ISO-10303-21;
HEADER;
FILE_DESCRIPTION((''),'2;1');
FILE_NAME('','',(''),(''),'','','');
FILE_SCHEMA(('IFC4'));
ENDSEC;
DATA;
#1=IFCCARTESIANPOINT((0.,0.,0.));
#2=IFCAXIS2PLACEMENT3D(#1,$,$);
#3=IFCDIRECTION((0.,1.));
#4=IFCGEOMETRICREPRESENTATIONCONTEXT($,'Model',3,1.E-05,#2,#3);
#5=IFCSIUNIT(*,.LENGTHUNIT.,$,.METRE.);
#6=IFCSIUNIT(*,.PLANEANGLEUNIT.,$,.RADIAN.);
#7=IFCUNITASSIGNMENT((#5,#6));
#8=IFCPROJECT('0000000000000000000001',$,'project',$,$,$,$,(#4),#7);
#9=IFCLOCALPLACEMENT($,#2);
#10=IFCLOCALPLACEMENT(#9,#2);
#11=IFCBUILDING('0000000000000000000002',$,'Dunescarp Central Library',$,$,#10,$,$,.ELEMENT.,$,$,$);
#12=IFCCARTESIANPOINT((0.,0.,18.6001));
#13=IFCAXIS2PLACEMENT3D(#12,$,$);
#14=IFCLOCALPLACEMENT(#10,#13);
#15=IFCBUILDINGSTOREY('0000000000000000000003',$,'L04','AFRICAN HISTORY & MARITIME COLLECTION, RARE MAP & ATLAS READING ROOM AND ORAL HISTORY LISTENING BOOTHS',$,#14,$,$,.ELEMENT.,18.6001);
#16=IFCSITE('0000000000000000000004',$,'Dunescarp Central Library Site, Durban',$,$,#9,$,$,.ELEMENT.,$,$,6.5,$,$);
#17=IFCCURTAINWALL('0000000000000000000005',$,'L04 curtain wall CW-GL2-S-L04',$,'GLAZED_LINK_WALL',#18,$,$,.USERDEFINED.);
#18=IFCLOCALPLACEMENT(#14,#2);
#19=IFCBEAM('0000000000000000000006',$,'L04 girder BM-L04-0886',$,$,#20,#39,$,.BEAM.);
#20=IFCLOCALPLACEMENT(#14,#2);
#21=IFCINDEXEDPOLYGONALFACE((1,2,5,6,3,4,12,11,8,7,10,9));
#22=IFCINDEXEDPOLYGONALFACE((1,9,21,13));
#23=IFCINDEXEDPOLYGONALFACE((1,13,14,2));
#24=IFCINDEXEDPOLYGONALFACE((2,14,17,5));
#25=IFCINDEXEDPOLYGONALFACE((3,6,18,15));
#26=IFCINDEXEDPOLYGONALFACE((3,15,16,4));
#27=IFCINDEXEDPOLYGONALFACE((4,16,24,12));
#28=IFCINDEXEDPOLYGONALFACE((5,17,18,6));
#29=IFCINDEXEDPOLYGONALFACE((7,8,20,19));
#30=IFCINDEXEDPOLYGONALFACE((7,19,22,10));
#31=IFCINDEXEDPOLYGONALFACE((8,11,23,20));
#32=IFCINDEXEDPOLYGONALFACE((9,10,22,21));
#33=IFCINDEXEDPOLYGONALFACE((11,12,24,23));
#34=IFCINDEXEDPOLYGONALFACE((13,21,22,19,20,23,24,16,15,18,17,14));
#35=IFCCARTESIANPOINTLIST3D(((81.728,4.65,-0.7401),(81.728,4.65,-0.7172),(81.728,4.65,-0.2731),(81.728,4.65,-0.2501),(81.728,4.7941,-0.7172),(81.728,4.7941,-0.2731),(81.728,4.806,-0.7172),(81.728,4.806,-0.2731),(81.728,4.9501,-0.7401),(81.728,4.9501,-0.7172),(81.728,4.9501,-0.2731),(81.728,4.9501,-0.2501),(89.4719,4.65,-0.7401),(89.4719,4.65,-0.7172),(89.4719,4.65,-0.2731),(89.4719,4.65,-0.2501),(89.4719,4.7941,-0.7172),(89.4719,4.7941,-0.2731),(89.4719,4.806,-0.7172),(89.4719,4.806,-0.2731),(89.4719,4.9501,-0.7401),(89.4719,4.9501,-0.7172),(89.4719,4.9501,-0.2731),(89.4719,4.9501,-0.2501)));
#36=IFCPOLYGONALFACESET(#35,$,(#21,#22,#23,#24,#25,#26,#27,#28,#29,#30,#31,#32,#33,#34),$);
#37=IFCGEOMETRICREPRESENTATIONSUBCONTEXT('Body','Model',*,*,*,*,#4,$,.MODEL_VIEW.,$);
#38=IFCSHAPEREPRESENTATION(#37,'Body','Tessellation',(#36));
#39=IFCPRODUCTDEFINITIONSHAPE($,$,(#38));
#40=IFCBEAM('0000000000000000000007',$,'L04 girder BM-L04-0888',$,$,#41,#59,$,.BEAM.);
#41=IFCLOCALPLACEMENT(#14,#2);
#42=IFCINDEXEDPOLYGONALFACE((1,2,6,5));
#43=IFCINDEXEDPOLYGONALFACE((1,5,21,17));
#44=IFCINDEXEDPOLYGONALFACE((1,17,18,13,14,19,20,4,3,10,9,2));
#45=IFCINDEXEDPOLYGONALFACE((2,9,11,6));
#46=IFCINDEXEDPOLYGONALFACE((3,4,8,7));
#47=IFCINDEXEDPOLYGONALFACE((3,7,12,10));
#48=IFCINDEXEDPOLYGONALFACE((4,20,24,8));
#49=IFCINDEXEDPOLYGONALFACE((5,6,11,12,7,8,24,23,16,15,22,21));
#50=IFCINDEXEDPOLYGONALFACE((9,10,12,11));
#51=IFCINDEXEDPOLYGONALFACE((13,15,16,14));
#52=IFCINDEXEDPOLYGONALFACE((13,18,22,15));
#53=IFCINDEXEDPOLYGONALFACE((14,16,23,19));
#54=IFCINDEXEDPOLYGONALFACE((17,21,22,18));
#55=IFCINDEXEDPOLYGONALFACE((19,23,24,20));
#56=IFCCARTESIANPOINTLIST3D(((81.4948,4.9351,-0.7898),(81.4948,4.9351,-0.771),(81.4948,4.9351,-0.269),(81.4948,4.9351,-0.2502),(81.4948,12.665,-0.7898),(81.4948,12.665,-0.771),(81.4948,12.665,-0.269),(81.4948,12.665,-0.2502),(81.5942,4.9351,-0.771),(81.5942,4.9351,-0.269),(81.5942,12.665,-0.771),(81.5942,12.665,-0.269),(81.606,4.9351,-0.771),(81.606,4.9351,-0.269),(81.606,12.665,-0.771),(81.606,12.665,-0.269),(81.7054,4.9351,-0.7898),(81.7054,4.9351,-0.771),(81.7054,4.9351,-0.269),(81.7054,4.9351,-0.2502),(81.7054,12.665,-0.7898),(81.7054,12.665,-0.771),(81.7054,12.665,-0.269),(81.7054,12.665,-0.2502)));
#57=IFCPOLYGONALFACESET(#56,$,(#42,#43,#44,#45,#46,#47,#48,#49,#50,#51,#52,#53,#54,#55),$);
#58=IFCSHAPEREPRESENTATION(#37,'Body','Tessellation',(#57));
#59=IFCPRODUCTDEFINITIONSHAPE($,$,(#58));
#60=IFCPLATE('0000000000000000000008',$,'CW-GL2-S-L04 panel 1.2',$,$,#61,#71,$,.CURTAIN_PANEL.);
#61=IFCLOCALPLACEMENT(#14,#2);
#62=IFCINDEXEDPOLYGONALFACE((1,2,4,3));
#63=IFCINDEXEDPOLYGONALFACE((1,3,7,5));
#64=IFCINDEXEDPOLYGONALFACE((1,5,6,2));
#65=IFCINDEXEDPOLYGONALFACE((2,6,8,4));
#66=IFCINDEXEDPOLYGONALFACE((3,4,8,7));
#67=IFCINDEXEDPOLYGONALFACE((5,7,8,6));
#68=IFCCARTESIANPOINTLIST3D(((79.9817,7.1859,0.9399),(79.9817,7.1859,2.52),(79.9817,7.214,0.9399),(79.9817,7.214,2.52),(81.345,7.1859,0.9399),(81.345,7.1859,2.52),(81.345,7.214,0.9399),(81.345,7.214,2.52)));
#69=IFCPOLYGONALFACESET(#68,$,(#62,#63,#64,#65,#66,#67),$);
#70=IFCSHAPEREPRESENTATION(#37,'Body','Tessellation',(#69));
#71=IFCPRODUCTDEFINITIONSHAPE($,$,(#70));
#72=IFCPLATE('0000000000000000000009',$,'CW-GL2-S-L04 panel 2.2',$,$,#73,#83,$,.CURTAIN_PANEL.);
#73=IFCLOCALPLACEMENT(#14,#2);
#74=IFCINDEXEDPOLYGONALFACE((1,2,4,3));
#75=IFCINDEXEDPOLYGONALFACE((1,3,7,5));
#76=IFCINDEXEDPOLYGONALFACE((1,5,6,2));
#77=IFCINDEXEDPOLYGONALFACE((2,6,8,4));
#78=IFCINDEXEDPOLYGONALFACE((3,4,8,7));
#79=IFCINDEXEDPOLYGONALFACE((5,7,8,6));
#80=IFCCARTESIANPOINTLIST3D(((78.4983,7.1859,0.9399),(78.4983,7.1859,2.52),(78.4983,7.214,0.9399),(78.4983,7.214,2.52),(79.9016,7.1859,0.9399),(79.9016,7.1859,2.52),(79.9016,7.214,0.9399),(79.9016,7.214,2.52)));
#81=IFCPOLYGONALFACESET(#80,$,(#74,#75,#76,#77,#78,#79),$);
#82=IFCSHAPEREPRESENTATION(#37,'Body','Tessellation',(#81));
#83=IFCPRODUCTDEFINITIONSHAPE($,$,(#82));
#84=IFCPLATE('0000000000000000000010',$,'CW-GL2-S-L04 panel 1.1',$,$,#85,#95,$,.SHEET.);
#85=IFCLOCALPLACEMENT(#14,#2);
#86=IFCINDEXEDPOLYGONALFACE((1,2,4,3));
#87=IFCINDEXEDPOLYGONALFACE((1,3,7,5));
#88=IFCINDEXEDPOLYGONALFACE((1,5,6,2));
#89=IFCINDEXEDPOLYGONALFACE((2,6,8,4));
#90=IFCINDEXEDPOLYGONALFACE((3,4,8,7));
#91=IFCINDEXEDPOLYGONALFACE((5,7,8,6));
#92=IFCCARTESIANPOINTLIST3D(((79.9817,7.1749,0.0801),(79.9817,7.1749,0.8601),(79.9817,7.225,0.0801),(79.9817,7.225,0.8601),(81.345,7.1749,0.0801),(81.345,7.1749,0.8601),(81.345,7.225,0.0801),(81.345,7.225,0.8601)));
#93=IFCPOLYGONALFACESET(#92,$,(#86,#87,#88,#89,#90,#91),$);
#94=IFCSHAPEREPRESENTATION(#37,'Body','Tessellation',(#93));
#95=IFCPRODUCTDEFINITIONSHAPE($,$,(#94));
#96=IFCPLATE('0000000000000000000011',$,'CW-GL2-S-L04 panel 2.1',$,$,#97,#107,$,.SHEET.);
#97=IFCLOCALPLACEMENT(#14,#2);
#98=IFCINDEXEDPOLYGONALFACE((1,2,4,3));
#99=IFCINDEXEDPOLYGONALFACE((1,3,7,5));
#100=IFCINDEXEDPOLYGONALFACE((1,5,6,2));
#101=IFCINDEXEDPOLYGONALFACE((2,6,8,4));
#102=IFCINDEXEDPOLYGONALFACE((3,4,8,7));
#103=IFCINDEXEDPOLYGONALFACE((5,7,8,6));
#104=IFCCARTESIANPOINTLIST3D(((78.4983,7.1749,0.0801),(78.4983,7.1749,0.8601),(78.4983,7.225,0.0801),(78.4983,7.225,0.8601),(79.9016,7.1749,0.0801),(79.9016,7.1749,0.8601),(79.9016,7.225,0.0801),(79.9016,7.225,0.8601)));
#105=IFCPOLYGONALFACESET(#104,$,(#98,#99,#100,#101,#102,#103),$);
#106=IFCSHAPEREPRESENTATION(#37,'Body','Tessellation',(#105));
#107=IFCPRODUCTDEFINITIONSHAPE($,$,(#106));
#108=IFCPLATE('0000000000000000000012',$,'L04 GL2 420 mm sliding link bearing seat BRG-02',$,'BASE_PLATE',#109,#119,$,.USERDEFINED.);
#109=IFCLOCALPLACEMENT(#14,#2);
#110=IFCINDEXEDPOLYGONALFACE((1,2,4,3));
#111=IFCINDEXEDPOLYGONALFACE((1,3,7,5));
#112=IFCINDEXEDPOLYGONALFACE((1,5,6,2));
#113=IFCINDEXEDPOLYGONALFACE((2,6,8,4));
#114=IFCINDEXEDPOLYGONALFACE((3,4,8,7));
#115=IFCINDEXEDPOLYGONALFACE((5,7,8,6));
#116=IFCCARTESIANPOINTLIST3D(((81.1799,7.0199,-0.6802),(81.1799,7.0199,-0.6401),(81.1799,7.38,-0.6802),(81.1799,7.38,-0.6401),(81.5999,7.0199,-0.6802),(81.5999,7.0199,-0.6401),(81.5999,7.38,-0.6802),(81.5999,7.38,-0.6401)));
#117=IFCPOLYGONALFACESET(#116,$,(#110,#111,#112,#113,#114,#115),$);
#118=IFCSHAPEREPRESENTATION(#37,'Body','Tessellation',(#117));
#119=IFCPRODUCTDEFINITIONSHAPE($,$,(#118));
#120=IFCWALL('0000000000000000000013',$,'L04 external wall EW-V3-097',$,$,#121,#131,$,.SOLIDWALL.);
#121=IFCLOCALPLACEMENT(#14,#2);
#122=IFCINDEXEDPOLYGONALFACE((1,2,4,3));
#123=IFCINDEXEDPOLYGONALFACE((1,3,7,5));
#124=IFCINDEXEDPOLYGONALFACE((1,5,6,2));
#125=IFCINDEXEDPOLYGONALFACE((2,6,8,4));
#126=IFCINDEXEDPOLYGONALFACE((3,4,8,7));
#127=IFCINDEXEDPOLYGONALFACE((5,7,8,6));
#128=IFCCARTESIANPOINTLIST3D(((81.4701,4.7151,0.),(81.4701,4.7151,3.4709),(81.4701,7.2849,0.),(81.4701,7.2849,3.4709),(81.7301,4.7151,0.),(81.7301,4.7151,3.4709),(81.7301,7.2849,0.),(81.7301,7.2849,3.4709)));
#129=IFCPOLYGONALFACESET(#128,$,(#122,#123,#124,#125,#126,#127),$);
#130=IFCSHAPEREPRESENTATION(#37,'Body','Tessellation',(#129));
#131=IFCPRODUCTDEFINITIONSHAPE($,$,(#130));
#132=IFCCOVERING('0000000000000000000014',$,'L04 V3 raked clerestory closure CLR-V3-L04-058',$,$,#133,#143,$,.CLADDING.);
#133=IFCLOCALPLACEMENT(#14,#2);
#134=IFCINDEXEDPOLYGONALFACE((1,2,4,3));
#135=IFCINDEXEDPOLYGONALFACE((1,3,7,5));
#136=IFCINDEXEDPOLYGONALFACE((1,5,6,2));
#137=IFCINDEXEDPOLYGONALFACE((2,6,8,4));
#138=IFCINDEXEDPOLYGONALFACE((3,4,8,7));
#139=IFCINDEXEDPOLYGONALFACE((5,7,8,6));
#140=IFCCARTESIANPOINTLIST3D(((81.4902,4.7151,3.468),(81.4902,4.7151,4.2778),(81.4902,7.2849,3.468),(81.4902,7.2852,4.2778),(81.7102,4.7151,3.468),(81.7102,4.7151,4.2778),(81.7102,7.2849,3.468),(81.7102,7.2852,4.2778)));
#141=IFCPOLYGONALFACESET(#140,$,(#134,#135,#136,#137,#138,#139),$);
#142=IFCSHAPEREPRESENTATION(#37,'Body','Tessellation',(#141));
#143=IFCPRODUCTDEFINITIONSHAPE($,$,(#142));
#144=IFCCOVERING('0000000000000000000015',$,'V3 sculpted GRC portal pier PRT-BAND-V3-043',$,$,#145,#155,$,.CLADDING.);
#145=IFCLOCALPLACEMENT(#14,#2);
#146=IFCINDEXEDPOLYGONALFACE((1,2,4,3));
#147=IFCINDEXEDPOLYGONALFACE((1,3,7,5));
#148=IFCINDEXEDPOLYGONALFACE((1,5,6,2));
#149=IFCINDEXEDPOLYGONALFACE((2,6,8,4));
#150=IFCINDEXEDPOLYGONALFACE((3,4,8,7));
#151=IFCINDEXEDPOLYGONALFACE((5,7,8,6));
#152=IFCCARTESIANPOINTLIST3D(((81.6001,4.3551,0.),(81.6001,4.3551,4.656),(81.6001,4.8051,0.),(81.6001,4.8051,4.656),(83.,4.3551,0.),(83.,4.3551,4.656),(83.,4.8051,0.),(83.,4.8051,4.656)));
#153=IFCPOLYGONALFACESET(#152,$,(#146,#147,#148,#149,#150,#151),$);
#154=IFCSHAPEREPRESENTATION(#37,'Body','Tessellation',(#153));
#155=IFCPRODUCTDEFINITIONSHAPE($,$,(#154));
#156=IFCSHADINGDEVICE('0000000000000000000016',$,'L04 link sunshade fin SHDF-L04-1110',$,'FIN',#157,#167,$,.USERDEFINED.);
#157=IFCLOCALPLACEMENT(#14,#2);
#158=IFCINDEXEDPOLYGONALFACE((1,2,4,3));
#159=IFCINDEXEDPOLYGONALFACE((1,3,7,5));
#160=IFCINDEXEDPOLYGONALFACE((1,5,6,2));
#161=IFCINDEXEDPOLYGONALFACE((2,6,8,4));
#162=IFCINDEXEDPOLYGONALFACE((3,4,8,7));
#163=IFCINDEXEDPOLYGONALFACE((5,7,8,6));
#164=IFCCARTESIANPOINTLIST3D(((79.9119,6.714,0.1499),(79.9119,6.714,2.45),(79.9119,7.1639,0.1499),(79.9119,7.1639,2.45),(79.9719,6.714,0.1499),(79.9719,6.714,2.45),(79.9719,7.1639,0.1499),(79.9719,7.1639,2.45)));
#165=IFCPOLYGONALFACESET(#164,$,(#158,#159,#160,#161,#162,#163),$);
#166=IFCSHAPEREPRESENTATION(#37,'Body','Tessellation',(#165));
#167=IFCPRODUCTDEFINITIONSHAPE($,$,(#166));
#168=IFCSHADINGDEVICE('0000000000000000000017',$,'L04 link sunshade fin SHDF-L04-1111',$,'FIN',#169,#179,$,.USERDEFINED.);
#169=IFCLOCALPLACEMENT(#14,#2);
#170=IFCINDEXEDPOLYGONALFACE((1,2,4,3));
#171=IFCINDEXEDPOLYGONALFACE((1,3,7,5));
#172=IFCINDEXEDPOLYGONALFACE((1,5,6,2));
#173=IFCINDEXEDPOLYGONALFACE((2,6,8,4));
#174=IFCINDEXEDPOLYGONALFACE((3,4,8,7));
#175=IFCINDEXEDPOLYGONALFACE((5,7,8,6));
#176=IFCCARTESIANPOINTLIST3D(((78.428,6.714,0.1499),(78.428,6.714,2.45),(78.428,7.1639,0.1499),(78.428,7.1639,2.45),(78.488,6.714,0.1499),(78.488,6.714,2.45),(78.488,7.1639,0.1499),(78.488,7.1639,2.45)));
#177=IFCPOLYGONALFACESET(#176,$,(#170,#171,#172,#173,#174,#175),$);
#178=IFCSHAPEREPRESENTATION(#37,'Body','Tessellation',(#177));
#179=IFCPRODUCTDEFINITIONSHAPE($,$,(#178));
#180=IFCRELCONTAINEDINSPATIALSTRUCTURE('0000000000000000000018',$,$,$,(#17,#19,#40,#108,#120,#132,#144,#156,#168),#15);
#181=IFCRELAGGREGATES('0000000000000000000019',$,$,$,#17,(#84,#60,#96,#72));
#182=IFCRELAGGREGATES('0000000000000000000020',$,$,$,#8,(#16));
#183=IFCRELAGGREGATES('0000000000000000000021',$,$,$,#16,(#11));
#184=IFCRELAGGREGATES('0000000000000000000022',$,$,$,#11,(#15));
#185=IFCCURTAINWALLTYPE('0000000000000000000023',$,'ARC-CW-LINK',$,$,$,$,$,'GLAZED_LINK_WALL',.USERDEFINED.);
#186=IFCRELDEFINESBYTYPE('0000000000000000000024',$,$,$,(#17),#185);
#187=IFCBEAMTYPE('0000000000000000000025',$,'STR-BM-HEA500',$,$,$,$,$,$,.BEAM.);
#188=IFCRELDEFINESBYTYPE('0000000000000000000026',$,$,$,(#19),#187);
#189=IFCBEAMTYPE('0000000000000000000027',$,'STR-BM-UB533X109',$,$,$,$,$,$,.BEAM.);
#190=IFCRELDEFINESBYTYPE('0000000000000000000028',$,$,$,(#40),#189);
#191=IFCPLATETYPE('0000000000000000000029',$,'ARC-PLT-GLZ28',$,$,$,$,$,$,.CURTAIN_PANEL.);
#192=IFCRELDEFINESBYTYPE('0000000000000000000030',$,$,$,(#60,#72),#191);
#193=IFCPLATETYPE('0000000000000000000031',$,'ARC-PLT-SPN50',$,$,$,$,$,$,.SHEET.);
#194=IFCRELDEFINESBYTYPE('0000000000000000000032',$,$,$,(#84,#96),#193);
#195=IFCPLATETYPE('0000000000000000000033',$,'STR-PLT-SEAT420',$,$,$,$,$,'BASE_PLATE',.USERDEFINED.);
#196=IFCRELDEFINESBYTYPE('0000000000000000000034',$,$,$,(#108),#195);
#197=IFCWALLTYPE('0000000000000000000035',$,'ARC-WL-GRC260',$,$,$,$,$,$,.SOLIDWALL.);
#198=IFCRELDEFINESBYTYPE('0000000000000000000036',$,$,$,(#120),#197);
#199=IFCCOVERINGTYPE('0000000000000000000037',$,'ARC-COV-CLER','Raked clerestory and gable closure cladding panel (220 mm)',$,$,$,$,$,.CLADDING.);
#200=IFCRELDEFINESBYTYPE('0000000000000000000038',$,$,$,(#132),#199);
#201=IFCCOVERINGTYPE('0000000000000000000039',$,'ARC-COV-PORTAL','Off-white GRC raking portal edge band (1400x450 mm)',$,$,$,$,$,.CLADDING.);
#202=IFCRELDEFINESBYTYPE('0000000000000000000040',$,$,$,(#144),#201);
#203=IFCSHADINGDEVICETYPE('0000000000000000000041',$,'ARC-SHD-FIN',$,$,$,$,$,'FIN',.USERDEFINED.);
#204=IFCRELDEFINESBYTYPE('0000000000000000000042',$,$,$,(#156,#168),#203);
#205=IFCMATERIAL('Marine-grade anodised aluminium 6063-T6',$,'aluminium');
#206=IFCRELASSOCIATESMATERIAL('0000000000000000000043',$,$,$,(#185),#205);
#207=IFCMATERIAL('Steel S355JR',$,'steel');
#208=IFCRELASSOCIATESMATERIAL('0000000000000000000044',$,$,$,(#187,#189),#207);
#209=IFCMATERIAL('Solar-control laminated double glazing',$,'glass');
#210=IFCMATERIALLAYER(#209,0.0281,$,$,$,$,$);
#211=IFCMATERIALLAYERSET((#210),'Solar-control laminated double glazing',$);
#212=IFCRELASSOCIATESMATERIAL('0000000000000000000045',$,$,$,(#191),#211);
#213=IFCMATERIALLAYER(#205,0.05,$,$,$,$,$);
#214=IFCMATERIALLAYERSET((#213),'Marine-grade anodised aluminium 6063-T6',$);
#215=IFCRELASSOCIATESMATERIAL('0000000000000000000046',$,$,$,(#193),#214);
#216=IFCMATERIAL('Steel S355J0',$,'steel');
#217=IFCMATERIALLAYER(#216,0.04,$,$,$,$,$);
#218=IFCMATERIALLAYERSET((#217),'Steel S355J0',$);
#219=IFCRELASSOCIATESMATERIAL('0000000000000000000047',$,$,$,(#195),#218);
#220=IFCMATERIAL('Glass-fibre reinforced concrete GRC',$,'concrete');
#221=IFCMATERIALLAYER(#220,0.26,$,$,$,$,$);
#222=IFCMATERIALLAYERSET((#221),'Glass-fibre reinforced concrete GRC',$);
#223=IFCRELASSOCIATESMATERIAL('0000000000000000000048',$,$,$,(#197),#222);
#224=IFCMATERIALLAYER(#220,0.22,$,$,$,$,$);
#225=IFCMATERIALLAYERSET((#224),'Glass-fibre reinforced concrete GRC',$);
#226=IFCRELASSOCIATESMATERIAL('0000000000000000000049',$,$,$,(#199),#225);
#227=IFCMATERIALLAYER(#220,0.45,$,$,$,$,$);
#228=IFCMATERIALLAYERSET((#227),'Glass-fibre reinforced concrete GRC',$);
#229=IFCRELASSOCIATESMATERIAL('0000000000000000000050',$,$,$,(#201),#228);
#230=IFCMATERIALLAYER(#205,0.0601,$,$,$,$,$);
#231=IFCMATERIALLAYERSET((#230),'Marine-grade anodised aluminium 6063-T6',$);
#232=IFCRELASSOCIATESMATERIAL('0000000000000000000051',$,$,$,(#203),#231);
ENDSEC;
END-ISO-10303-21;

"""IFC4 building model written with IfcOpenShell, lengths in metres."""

from ifc_helpers import new_model, si_unit, direction, frame, frame_2d, origin, origin_2d, place, context, subcontext, project, spatial, polyline, rectangle, i_section, outline, extrude, material, layer, layer_set, material_profile, profile_set, type_object, element, aggregate, save


model = new_model("IFC4")

# Units and contexts
model_context = context("Model", 3, precision=1e-05, world=origin(), true_north=direction((0.0, 1.0)))
body_context = subcontext(model_context, "Body", "Model", "MODEL_VIEW")
ifc_project = project(units=[si_unit("LENGTHUNIT", "METRE"), si_unit("PLANEANGLEUNIT", "RADIAN")], contexts=[model_context])

# Site, building, storey
site_placement = place(None, origin())
site = spatial("IfcSite", under=ifc_project, at=site_placement, Name="Dunescarp Central Library Site, Durban", CompositionType="ELEMENT", RefElevation=6.5)
building_placement = place(site_placement, origin())
building = spatial("IfcBuilding", under=site, at=building_placement, Name="Dunescarp Central Library", CompositionType="ELEMENT")
storey_placement = place(building_placement, frame((0.0, 0.0, 18.6001)))
storey = spatial("IfcBuildingStorey", under=building, at=storey_placement, Name="L04", Description="AFRICAN HISTORY & MARITIME COLLECTION, RARE MAP & ATLAS READING ROOM AND ORAL HISTORY LISTENING BOOTHS", CompositionType="ELEMENT", Elevation=18.6001)

# Shared definitions
ifc_material_1 = material(Name="Steel S355JR", Category="steel")

# Curtain wall
ifc_material_2 = material(Name="Marine-grade anodised aluminium 6063-T6", Category="aluminium")
curtain_wall_type = type_object("IfcCurtainWallType", Name="ARC-CW-LINK", ElementType="GLAZED_LINK_WALL", PredefinedType="USERDEFINED", material=ifc_material_2)
curtain_wall_placement = place(storey_placement, origin())
curtain_wall = element("IfcCurtainWall", 1, at=curtain_wall_placement, inside=storey, type_object=curtain_wall_type, Name="L04 curtain wall CW-GL2-S-L04", ObjectType="GLAZED_LINK_WALL", PredefinedType="USERDEFINED")

# Beams
ifc_material_profile_1 = material_profile(ifc_material_1, i_section(OverallWidth=0.3, OverallDepth=0.49, WebThickness=0.012, FlangeThickness=0.0229, at=origin_2d()), Name="HEA 500")
ifc_profile_set_1 = profile_set([ifc_material_profile_1], Name="Steel S355JR")
beam_type_1 = type_object("IfcBeamType", Name="STR-BM-HEA500", PredefinedType="BEAM", material=ifc_profile_set_1)
beam_1_placement = place(storey_placement, frame((81.728, 4.8, -0.4951), z_axis=(1.0, 0.0, 0.0), x_axis=(0.0, 1.0, 0.0)))
element("IfcBeam", 2, at=beam_1_placement, inside=storey, type_object=beam_type_1, Name="L04 girder BM-L04-0886", PredefinedType="BEAM", context=body_context, shape_type="SweptSolid", body=[
    extrude(i_section(OverallWidth=0.3, OverallDepth=0.49, WebThickness=0.012, FlangeThickness=0.0229, at=origin_2d()), origin(), (0.0, 0.0, 1.0), 7.7439),
])
ifc_material_profile_2 = material_profile(ifc_material_1, i_section(OverallWidth=0.2107, OverallDepth=0.5396, WebThickness=0.0117, FlangeThickness=0.0188, at=origin_2d()), Name="UB 533x210x109")
ifc_profile_set_2 = profile_set([ifc_material_profile_2], Name="Steel S355JR")
beam_type_2 = type_object("IfcBeamType", Name="STR-BM-UB533X109", PredefinedType="BEAM", material=ifc_profile_set_2)
beam_2_placement = place(storey_placement, frame((81.6001, 4.9351, -0.52), z_axis=(0.0, 1.0, 0.0), x_axis=(-1.0, 0.0, 0.0)))
element("IfcBeam", 3, at=beam_2_placement, inside=storey, type_object=beam_type_2, Name="L04 girder BM-L04-0888", PredefinedType="BEAM", context=body_context, shape_type="SweptSolid", body=[
    extrude(i_section(OverallWidth=0.2107, OverallDepth=0.5396, WebThickness=0.0117, FlangeThickness=0.0188, at=origin_2d()), origin(), (0.0, 0.0, 1.0), 7.73),
])

# Plates
ifc_material_3 = material(Name="Solar-control laminated double glazing", Category="glass")
ifc_layer_1 = layer(ifc_material_3, 0.0281)
ifc_layer_set_1 = layer_set([ifc_layer_1], Name="Solar-control laminated double glazing")
plate_type_1 = type_object("IfcPlateType", Name="ARC-PLT-GLZ28", PredefinedType="CURTAIN_PANEL", material=ifc_layer_set_1)
plate_1_placement = place(storey_placement, frame((80.6633, 7.2, 0.9399), z_axis=(0.0, 0.0, 1.0), x_axis=(-1.0, 0.0, 0.0)))
plate_1 = element("IfcPlate", 4, at=plate_1_placement, type_object=plate_type_1, Name="CW-GL2-S-L04 panel 1.2", PredefinedType="CURTAIN_PANEL", context=body_context, shape_type="SweptSolid", body=[
    extrude(rectangle(XDim=1.3633, YDim=0.0281, at=origin_2d()), origin(), (0.0, 0.0, 1.0), 1.5801),
])
plate_2_placement = place(storey_placement, frame((79.2, 7.2, 0.9399), z_axis=(0.0, 0.0, 1.0), x_axis=(-1.0, 0.0, 0.0)))
plate_2 = element("IfcPlate", 5, at=plate_2_placement, type_object=plate_type_1, Name="CW-GL2-S-L04 panel 2.2", PredefinedType="CURTAIN_PANEL", context=body_context, shape_type="SweptSolid", body=[
    extrude(rectangle(XDim=1.4033, YDim=0.0281, at=origin_2d()), origin(), (0.0, 0.0, 1.0), 1.5801),
])
ifc_layer_2 = layer(ifc_material_2, 0.05)
ifc_layer_set_2 = layer_set([ifc_layer_2], Name="Marine-grade anodised aluminium 6063-T6")
plate_type_2 = type_object("IfcPlateType", Name="ARC-PLT-SPN50", PredefinedType="SHEET", material=ifc_layer_set_2)
plate_3_placement = place(storey_placement, frame((80.6633, 7.2, 0.0801), z_axis=(0.0, 0.0, 1.0), x_axis=(-1.0, 0.0, 0.0)))
plate_3 = element("IfcPlate", 6, at=plate_3_placement, type_object=plate_type_2, Name="CW-GL2-S-L04 panel 1.1", PredefinedType="SHEET", context=body_context, shape_type="SweptSolid", body=[
    extrude(rectangle(XDim=1.3633, YDim=0.05, at=origin_2d()), origin(), (0.0, 0.0, 1.0), 0.78),
])
plate_4_placement = place(storey_placement, frame((79.2, 7.2, 0.0801), z_axis=(0.0, 0.0, 1.0), x_axis=(-1.0, 0.0, 0.0)))
plate_4 = element("IfcPlate", 7, at=plate_4_placement, type_object=plate_type_2, Name="CW-GL2-S-L04 panel 2.1", PredefinedType="SHEET", context=body_context, shape_type="SweptSolid", body=[
    extrude(rectangle(XDim=1.4033, YDim=0.05, at=origin_2d()), origin(), (0.0, 0.0, 1.0), 0.78),
])
aggregate(curtain_wall, [plate_3, plate_1, plate_4, plate_2])
ifc_material_4 = material(Name="Steel S355J0", Category="steel")
ifc_layer_3 = layer(ifc_material_4, 0.04)
ifc_layer_set_3 = layer_set([ifc_layer_3], Name="Steel S355J0")
plate_type_3 = type_object("IfcPlateType", Name="STR-PLT-SEAT420", ElementType="BASE_PLATE", PredefinedType="USERDEFINED", material=ifc_layer_set_3)
plate_5_placement = place(storey_placement, frame((81.3899, 7.2, -0.6802), z_axis=(0.0, 0.0, 1.0), x_axis=(1.0, 0.0, 0.0)))
element("IfcPlate", 8, at=plate_5_placement, inside=storey, type_object=plate_type_3, Name="L04 GL2 420 mm sliding link bearing seat BRG-02", ObjectType="BASE_PLATE", PredefinedType="USERDEFINED", context=body_context, shape_type="SweptSolid", body=[
    extrude(rectangle(XDim=0.4199, YDim=0.3601, at=origin_2d()), origin(), (0.0, 0.0, 1.0), 0.04),
])

# Wall
ifc_material_5 = material(Name="Glass-fibre reinforced concrete GRC", Category="concrete")
ifc_layer_4 = layer(ifc_material_5, 0.26)
ifc_layer_set_4 = layer_set([ifc_layer_4], Name="Glass-fibre reinforced concrete GRC")
wall_type = type_object("IfcWallType", Name="ARC-WL-GRC260", PredefinedType="SOLIDWALL", material=ifc_layer_set_4)
wall_placement = place(storey_placement, frame((81.6001, 4.7151, 0.0), z_axis=(0.0, 0.0, 1.0), x_axis=(0.0, 1.0, 0.0)))
element("IfcWall", 9, at=wall_placement, inside=storey, type_object=wall_type, Name="L04 external wall EW-V3-097", PredefinedType="SOLIDWALL", context=body_context, shape_type="SweptSolid", body=[
    extrude(rectangle(XDim=2.5698, YDim=0.26, at=frame_2d((1.2849, 0.0))), origin(), (0.0, 0.0, 1.0), 3.4709),
])

# Coverings
ifc_layer_5 = layer(ifc_material_5, 0.22)
ifc_layer_set_5 = layer_set([ifc_layer_5], Name="Glass-fibre reinforced concrete GRC")
covering_type_1 = type_object("IfcCoveringType", Name="ARC-COV-CLER", Description="Raked clerestory and gable closure cladding panel (220 mm)", PredefinedType="CLADDING", material=ifc_layer_set_5)
covering_1_placement = place(storey_placement, frame((81.6001, 4.7151, 3.468), z_axis=(0.0, 0.0, 1.0), x_axis=(0.0, 1.0, 0.0)))
element("IfcCovering", 10, at=covering_1_placement, inside=storey, type_object=covering_type_1, Name="L04 V3 raked clerestory closure CLR-V3-L04-058", PredefinedType="CLADDING", context=body_context, shape_type="SweptSolid", body=[
    extrude(outline(polyline([(0.0, 0.0), (2.5698, 0.0), (2.5701, 0.8098), (0.0, 0.8098), (0.0, 0.0)])), frame((0.0, 0.1099, 0.0), z_axis=(0.0, -1.0, 0.0), x_axis=(1.0, 0.0, 0.0)), (0.0, 0.0, 1.0), 0.22),
])
ifc_layer_6 = layer(ifc_material_5, 0.45)
ifc_layer_set_6 = layer_set([ifc_layer_6], Name="Glass-fibre reinforced concrete GRC")
covering_type_2 = type_object("IfcCoveringType", Name="ARC-COV-PORTAL", Description="Off-white GRC raking portal edge band (1400x450 mm)", PredefinedType="CLADDING", material=ifc_layer_set_6)
covering_2_placement = place(storey_placement, frame((82.3, 4.5801, 0.0), z_axis=(0.0, 0.0, 1.0), x_axis=(1.0, 0.0, 0.0)))
element("IfcCovering", 11, at=covering_2_placement, inside=storey, type_object=covering_type_2, Name="V3 sculpted GRC portal pier PRT-BAND-V3-043", PredefinedType="CLADDING", context=body_context, shape_type="SweptSolid", body=[
    extrude(rectangle(XDim=1.3999, YDim=0.45, at=origin_2d()), origin(), (0.0, 0.0, 1.0), 4.656),
])

# Shading devices
ifc_layer_7 = layer(ifc_material_2, 0.0601)
ifc_layer_set_7 = layer_set([ifc_layer_7], Name="Marine-grade anodised aluminium 6063-T6")
shading_device_type = type_object("IfcShadingDeviceType", Name="ARC-SHD-FIN", ElementType="FIN", PredefinedType="USERDEFINED", material=ifc_layer_set_7)
for number, where, z_axis, x_axis, name in (
    (12, (79.9419, 6.939, 0.1499), (0.0, 0.0, 1.0), (0.0, -1.0, 0.0), "L04 link sunshade fin SHDF-L04-1110"),
    (13, (78.458, 6.939, 0.1499), (0.0, 0.0, 1.0), (0.0, -1.0, 0.0), "L04 link sunshade fin SHDF-L04-1111"),
):
    element("IfcShadingDevice", number, at=place(storey_placement, frame(where, z_axis=z_axis, x_axis=x_axis)), inside=storey, type_object=shading_device_type, Name=name, ObjectType="FIN", PredefinedType="USERDEFINED", context=body_context, shape_type="SweptSolid", body=[
        extrude(rectangle(XDim=0.45, YDim=0.0601, at=origin_2d()), origin(), (0.0, 0.0, 1.0), 2.3),
    ])

save(model, "model.ifc")
